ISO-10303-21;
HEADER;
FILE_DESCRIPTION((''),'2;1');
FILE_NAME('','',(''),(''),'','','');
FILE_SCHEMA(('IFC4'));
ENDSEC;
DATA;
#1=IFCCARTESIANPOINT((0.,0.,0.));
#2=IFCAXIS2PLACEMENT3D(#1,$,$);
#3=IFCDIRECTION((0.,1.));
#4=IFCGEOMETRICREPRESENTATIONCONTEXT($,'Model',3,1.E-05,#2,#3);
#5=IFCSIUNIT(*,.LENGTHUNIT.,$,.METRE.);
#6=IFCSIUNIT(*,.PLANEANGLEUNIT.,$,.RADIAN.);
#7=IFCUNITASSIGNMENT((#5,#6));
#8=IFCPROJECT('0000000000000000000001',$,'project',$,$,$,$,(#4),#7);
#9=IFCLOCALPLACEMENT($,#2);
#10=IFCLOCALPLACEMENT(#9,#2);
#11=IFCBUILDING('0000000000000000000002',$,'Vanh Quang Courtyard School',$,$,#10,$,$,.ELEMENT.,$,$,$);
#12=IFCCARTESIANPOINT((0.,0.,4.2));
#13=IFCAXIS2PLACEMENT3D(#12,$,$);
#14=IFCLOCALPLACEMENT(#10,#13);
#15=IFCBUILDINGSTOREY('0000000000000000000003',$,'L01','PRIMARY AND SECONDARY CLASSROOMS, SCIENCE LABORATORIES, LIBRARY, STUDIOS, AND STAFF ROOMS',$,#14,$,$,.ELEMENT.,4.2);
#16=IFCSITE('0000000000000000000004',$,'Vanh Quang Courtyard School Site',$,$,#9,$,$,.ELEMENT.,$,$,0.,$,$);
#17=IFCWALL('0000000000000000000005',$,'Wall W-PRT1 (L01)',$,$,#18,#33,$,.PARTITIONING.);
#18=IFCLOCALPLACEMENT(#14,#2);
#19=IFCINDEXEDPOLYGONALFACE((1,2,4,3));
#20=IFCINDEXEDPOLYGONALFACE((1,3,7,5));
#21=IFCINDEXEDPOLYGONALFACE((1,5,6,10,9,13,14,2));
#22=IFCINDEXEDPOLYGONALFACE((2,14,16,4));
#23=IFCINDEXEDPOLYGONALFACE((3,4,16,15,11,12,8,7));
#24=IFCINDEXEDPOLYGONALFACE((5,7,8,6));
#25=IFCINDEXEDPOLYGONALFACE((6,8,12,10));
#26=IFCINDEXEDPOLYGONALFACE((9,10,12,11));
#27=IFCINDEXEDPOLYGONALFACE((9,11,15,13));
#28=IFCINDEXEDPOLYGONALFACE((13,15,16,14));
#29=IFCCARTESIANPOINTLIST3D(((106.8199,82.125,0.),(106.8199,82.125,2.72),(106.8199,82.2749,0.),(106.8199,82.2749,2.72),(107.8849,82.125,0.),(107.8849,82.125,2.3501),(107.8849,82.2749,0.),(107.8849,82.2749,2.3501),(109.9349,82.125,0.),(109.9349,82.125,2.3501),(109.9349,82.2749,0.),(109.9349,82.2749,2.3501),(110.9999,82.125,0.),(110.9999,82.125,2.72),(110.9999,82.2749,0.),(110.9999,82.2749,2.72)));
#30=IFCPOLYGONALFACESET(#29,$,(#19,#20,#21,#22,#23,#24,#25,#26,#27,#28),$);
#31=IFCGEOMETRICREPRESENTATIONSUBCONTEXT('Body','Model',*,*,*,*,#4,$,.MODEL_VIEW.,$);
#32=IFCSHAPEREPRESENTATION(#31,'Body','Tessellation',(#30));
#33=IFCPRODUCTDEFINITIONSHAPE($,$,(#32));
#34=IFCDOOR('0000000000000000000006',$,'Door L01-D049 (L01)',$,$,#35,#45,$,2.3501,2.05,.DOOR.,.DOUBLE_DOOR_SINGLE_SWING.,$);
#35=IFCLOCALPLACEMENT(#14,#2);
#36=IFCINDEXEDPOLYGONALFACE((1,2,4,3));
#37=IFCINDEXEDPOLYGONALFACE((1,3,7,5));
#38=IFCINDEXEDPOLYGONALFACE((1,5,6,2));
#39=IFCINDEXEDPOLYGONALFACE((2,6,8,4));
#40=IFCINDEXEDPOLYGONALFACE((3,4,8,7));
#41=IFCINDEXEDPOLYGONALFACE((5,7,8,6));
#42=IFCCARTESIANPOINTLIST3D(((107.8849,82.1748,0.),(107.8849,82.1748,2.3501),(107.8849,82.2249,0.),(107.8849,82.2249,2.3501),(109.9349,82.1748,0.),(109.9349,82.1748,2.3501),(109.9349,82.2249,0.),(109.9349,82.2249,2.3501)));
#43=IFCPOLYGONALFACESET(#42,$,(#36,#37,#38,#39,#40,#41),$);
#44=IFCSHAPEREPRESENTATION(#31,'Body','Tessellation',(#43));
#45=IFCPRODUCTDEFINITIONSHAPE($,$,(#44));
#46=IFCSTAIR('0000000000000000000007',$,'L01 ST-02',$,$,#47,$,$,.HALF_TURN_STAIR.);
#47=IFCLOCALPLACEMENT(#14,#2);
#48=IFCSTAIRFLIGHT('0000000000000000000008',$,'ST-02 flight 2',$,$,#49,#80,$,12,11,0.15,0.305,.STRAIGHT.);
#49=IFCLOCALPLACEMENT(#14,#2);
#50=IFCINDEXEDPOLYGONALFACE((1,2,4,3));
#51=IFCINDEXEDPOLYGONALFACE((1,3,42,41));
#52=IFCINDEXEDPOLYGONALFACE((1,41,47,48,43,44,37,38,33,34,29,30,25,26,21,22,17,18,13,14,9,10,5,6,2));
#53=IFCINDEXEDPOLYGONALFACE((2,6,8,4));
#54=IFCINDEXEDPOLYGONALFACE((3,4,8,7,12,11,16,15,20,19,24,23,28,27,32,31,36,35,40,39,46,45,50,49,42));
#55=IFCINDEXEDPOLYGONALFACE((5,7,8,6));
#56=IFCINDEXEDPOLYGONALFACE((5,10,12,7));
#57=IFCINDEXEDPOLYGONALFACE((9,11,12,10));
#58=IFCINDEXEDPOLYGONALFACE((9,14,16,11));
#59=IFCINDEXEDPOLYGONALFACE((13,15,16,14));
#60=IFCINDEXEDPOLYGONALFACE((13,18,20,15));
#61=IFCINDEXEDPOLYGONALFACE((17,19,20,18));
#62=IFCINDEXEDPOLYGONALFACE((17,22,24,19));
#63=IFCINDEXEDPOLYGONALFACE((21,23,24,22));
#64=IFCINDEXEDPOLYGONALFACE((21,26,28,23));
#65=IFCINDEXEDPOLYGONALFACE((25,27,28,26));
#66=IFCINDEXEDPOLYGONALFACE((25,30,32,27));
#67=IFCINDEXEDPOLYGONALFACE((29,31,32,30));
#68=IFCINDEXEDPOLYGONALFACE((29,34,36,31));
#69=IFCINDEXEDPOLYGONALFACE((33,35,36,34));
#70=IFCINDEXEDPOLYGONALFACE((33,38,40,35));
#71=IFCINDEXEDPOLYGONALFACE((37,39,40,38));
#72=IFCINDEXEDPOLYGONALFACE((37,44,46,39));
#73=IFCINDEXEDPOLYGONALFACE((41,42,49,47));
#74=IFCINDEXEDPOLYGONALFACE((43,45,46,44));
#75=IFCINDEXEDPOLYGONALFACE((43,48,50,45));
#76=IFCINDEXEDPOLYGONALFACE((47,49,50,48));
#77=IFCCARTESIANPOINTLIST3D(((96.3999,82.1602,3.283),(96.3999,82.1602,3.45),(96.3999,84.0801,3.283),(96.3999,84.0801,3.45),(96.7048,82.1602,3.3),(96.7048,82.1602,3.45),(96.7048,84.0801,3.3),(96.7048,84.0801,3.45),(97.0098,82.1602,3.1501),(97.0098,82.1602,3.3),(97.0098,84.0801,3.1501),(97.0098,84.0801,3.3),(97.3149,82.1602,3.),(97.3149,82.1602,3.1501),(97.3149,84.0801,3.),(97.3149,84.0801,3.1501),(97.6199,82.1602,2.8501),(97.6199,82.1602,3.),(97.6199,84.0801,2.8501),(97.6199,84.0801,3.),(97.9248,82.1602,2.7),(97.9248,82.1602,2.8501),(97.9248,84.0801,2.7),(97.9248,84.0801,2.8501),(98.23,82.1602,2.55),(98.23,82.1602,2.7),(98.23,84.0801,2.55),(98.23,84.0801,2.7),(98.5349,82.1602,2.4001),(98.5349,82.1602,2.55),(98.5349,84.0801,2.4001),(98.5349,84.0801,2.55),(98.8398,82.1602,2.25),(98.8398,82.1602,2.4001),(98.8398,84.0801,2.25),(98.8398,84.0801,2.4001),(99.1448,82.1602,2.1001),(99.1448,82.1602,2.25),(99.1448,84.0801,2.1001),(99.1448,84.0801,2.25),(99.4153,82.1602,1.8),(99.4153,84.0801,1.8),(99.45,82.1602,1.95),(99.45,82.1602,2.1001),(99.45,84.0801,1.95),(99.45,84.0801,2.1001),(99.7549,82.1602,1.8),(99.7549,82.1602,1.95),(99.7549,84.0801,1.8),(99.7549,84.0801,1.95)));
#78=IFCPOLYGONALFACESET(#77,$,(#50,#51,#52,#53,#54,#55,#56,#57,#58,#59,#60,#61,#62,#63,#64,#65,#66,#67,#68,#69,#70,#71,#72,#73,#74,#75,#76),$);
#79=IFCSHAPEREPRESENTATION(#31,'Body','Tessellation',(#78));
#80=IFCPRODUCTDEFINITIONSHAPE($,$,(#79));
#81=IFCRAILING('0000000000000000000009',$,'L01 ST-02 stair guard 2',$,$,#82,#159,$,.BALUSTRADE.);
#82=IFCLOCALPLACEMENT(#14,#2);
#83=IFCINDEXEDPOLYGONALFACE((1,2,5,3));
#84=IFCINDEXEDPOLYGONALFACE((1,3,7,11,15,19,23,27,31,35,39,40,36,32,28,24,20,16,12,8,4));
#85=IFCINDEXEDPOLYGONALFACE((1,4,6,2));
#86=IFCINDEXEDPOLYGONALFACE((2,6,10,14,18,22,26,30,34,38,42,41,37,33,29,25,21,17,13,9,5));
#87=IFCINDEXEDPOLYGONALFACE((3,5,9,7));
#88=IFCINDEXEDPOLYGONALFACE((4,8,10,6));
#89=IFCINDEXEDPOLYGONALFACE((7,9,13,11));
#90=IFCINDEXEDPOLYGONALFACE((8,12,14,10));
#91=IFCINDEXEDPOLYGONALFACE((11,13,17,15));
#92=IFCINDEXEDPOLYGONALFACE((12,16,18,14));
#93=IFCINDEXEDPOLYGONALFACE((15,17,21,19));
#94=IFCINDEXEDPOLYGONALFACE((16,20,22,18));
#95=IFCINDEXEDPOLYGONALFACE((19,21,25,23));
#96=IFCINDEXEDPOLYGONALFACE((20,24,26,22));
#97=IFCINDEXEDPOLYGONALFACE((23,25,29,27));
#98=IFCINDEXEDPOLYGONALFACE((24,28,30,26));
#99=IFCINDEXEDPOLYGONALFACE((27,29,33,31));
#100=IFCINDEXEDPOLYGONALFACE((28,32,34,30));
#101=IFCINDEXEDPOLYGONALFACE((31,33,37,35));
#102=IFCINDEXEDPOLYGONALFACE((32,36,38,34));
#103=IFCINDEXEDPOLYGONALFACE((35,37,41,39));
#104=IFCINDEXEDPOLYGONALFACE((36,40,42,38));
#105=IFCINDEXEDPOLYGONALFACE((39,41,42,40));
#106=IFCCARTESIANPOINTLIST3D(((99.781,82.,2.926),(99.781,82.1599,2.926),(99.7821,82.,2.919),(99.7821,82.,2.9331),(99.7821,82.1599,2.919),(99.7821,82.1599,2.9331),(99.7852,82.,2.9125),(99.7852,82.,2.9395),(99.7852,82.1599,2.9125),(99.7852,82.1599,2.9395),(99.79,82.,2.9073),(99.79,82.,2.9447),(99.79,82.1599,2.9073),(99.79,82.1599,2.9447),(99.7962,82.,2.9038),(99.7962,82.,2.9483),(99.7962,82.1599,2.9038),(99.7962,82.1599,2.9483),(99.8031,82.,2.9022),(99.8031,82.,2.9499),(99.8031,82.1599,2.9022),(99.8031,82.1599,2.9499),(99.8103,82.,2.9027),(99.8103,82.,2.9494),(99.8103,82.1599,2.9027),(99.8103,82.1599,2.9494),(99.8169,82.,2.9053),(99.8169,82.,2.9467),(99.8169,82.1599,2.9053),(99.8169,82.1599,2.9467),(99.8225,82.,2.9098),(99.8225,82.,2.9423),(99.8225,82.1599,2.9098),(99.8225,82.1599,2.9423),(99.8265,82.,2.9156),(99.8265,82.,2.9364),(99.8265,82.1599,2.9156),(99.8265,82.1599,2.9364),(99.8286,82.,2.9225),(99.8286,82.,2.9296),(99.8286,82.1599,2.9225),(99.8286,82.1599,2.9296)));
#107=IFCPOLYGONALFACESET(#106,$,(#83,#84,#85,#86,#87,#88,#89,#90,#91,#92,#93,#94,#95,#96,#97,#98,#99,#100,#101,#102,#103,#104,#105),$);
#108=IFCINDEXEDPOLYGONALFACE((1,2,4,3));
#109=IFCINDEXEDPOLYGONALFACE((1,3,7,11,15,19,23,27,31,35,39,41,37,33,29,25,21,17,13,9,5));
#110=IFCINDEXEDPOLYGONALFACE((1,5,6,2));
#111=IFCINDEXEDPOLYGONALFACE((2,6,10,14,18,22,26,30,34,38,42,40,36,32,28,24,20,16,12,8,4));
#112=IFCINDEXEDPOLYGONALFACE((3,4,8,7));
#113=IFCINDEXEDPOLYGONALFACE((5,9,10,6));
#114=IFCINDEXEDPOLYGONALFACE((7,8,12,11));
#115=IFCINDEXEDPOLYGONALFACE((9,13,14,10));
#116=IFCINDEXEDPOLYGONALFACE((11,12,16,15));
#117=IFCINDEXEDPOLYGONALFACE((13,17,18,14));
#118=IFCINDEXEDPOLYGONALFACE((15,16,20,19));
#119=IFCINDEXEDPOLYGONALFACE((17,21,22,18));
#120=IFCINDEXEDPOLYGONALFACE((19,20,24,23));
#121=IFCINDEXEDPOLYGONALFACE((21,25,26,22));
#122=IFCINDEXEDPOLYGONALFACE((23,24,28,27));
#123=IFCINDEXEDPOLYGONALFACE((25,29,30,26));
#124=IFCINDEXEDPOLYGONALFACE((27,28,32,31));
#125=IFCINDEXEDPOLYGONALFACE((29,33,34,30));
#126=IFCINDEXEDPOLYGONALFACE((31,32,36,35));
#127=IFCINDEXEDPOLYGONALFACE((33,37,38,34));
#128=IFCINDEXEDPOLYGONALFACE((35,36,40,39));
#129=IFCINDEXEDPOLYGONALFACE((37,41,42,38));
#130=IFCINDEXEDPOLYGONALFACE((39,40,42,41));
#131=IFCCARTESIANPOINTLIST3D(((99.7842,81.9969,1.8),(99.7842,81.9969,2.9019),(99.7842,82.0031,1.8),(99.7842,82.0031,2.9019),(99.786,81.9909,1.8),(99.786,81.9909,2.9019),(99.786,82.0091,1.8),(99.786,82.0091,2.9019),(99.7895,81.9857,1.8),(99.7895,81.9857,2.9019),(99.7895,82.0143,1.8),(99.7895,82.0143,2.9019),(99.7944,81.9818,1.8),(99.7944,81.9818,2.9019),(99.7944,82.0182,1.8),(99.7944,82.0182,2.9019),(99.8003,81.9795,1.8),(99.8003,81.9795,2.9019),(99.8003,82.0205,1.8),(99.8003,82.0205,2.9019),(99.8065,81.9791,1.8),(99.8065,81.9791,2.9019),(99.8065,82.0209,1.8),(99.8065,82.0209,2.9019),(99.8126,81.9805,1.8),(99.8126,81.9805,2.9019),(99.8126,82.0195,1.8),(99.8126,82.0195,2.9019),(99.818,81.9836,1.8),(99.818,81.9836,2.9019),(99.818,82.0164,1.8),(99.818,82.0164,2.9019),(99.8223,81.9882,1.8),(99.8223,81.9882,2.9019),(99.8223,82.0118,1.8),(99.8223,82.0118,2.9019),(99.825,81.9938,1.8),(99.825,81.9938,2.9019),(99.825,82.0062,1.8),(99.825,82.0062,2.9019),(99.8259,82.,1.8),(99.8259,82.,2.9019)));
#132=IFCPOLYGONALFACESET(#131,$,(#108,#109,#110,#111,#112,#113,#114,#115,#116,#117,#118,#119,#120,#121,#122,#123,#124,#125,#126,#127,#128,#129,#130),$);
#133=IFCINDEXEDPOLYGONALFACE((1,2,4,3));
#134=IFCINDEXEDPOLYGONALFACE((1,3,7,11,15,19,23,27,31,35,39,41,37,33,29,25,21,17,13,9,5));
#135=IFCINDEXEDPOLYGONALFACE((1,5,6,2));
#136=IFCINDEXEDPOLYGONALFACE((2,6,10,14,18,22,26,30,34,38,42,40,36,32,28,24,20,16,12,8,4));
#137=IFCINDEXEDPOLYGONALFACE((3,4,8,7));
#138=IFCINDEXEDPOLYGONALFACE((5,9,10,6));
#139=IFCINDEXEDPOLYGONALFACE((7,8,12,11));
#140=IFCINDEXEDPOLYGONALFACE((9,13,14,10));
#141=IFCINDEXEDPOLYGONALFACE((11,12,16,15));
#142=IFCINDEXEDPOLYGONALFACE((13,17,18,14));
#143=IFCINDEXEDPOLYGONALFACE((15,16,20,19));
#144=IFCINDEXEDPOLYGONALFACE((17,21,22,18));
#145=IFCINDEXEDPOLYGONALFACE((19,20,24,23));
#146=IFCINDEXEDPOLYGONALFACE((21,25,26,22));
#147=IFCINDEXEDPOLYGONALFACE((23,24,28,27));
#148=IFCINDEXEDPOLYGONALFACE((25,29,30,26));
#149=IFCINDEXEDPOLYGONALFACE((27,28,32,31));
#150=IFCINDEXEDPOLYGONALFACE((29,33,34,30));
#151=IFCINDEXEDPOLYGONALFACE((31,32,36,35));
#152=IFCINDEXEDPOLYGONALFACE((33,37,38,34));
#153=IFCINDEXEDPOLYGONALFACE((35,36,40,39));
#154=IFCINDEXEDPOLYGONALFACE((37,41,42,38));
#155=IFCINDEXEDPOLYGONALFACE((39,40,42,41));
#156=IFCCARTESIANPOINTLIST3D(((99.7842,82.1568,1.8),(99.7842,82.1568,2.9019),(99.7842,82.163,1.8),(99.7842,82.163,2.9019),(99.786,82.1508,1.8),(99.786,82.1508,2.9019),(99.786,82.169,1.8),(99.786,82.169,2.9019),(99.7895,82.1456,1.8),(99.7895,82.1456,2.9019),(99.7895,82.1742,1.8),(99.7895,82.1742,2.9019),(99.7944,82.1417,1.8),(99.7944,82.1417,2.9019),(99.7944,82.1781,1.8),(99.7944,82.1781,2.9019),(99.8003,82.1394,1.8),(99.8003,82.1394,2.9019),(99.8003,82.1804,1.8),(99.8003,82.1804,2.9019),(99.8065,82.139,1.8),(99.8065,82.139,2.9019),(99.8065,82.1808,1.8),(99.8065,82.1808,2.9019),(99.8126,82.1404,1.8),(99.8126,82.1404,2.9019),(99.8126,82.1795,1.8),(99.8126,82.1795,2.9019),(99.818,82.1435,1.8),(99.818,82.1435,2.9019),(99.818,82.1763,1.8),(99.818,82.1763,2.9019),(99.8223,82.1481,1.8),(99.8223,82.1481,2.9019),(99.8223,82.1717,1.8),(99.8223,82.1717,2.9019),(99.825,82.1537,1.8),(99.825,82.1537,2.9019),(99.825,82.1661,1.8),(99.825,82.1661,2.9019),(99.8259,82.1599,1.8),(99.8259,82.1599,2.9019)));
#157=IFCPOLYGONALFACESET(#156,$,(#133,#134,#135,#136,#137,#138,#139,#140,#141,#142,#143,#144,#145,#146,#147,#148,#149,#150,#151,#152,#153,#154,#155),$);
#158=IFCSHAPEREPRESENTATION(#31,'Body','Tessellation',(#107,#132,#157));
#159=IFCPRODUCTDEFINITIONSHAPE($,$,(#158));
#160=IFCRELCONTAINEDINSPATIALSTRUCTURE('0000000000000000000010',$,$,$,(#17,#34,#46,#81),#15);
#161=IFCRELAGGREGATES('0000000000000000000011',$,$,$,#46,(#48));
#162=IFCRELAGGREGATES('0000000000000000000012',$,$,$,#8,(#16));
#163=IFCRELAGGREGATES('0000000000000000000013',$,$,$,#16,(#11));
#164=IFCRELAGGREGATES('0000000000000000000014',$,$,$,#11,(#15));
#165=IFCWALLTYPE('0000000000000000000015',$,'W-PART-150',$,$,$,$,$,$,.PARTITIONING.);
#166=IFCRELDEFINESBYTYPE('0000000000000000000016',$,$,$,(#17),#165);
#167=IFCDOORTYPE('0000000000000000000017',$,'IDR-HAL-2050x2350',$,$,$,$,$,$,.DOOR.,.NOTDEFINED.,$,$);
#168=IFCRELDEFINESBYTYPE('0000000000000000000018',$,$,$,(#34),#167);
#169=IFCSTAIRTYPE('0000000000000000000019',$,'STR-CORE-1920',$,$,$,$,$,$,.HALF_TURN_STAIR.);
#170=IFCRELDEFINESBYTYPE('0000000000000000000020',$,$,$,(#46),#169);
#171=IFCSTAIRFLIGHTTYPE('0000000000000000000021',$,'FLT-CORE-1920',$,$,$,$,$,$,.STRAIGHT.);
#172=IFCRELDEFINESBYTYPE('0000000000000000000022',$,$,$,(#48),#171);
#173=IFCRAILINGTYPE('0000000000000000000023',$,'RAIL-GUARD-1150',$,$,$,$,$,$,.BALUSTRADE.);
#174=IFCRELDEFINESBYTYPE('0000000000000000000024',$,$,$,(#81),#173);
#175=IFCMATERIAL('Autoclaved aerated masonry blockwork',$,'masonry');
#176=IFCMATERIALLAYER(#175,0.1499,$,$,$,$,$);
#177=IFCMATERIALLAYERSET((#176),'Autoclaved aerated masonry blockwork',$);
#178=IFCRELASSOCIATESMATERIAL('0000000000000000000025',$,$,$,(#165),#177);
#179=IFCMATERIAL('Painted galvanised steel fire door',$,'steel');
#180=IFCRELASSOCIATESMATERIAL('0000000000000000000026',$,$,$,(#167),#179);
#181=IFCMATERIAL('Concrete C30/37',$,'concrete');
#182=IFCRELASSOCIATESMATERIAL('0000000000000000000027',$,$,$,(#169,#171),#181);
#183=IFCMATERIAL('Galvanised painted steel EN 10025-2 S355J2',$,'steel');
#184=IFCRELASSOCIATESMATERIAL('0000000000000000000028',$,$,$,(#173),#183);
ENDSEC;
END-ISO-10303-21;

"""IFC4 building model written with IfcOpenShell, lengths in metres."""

from ifc_helpers import new_model, si_unit, direction, frame, frame_2d, origin, origin_2d, place, context, subcontext, project, spatial, polyline, rectangle, circle, outline, extrude, material, layer, layer_set, type_object, element, fill, aggregate, save


model = new_model("IFC4")

# Units and contexts
model_context = context("Model", 3, precision=1e-05, world=origin(), true_north=direction((0.0, 1.0)))
body_context = subcontext(model_context, "Body", "Model", "MODEL_VIEW")
ifc_project = project(units=[si_unit("LENGTHUNIT", "METRE"), si_unit("PLANEANGLEUNIT", "RADIAN")], contexts=[model_context])

# Site, building, storey
site_placement = place(None, origin())
site = spatial("IfcSite", under=ifc_project, at=site_placement, Name="Vanh Quang Courtyard School Site", CompositionType="ELEMENT", RefElevation=0.0)
building_placement = place(site_placement, origin())
building = spatial("IfcBuilding", under=site, at=building_placement, Name="Vanh Quang Courtyard School", CompositionType="ELEMENT")
storey_placement = place(building_placement, frame((0.0, 0.0, 4.2)))
storey = spatial("IfcBuildingStorey", under=building, at=storey_placement, Name="L01", Description="PRIMARY AND SECONDARY CLASSROOMS, SCIENCE LABORATORIES, LIBRARY, STUDIOS, AND STAFF ROOMS", CompositionType="ELEMENT", Elevation=4.2)

# Shared definitions
ifc_material_1 = material(Name="Concrete C30/37", Category="concrete")

# Shared definitions
ifc_material_2 = material(Name="Painted galvanised steel fire door", Category="steel")

# Shared definitions
ifc_material_3 = material(Name="Autoclaved aerated masonry blockwork", Category="masonry")
ifc_layer_1 = layer(ifc_material_3, 0.1499)
ifc_layer_set_1 = layer_set([ifc_layer_1], Name="Autoclaved aerated masonry blockwork")
wall_type_1 = type_object("IfcWallType", Name="W-PART-150", PredefinedType="PARTITIONING", material=ifc_layer_set_1)

# Wall, opening, door
wall_1_placement = place(storey_placement, frame((106.8201, 82.2, 0.0), z_axis=(0.0, 0.0, 1.0), x_axis=(1.0, 0.0, 0.0)))
wall_1 = element("IfcWall", 1, at=wall_1_placement, inside=storey, type_object=wall_type_1, Name="Wall W-PRT1 (L01)", PredefinedType="PARTITIONING", context=body_context, shape_type="SweptSolid", body=[
    extrude(rectangle(XDim=4.1799, YDim=0.1499, at=frame_2d((2.0898, 0.0))), origin(), (0.0, 0.0, 1.0), 2.72),
])
opening_1_placement = place(wall_1_placement, frame((1.0649, 0.0, 0.0)))
opening_1 = element("IfcOpeningElement", 2, at=opening_1_placement, cuts=wall_1, PredefinedType="OPENING", context=body_context, shape_type="SweptSolid", body=[
    extrude(rectangle(XDim=2.05, YDim=2.3501, at=frame_2d((1.0249, 1.175))), frame((0.0, 0.085, 0.0), z_axis=(0.0, -1.0, 0.0), x_axis=(1.0, 0.0, 0.0)), (0.0, 0.0, 1.0), 0.1699),
])
door_type_1 = type_object("IfcDoorType", Name="IDR-HAL-2050x2350", OperationType="NOTDEFINED", PredefinedType="DOOR", material=ifc_material_2)
door_1_placement = place(opening_1_placement, origin())
door_1 = element("IfcDoor", 3, at=door_1_placement, inside=storey, type_object=door_type_1, Name="Door L01-D049 (L01)", OperationType="DOUBLE_DOOR_SINGLE_SWING", OverallHeight=2.3501, OverallWidth=2.05, PredefinedType="DOOR", context=body_context, shape_type="SweptSolid", body=[
    extrude(rectangle(XDim=2.05, YDim=2.3501, at=frame_2d((1.0249, 1.175))), frame((0.0, 0.0249, 0.0), z_axis=(0.0, -1.0, 0.0), x_axis=(1.0, 0.0, 0.0)), (0.0, 0.0, 1.0), 0.05),
])
fill(opening_1, door_1)

# Stair, stair flight
stair_type = type_object("IfcStairType", Name="STR-CORE-1920", PredefinedType="HALF_TURN_STAIR", material=ifc_material_1)
stair_placement = place(storey_placement, origin())
stair = element("IfcStair", 4, at=stair_placement, inside=storey, type_object=stair_type, Name="L01 ST-02", PredefinedType="HALF_TURN_STAIR")
stair_flight_type = type_object("IfcStairFlightType", Name="FLT-CORE-1920", PredefinedType="STRAIGHT", material=ifc_material_1)
stair_flight_placement = place(storey_placement, frame((99.7549, 83.1201, 1.8), z_axis=(0.0, 0.0, 1.0), x_axis=(-1.0, 0.0, 0.0)))
stair_flight = element("IfcStairFlight", 5, at=stair_flight_placement, type_object=stair_flight_type, Name="ST-02 flight 2", NumberOfRisers=12, NumberOfTreads=11, PredefinedType="STRAIGHT", RiserHeight=0.15, TreadLength=0.305, context=body_context, shape_type="SweptSolid", body=[
    extrude(outline(polyline([(0.0, 0.0), (0.0, 0.1499), (0.3049, 0.1499), (0.3049, 0.3), (0.6101, 0.3), (0.6101, 0.45), (0.915, 0.45), (0.915, 0.6001), (1.22, 0.6001), (1.22, 0.75), (1.5249, 0.75), (1.5249, 0.8999), (1.8301, 0.8999), (1.8301, 1.05), (2.135, 1.05), (2.135, 1.2), (2.4399, 1.2), (2.4399, 1.3501), (2.7451, 1.3501), (2.7451, 1.5), (3.05, 1.5), (3.05, 1.6499), (3.355, 1.6499), (3.355, 1.8), (3.355, 1.4829), (0.3396, 0.0), (0.0, 0.0)])), frame((0.0, 0.96, 0.0), z_axis=(0.0, -1.0, 0.0), x_axis=(1.0, 0.0, 0.0)), (0.0, 0.0, 1.0), 1.9199),
])
aggregate(stair, [stair_flight])

# Railing
ifc_material_4 = material(Name="Galvanised painted steel EN 10025-2 S355J2", Category="steel")
railing_type_1 = type_object("IfcRailingType", Name="RAIL-GUARD-1150", PredefinedType="BALUSTRADE", material=ifc_material_4)
railing_1_placement = place(storey_placement, frame((99.8049, 82.0, 1.8)))
element("IfcRailing", 6, at=railing_1_placement, inside=storey, type_object=railing_type_1, Name="L01 ST-02 stair guard 2", PredefinedType="BALUSTRADE", context=body_context, shape_type="SweptSolid", body=[
    extrude(circle(Radius=0.0239, at=origin_2d()), frame((0.0, 0.0, 1.126), z_axis=(0.0, 1.0, 0.0), x_axis=(-1.0, 0.0, 0.0)), (0.0, 0.0, 1.0), 0.1599),
    extrude(circle(Radius=0.021, at=origin_2d()), origin(), (0.0, 0.0, 1.0), 1.1018),
    extrude(circle(Radius=0.021, at=origin_2d()), frame((0.0, 0.1599, 0.0)), (0.0, 0.0, 1.0), 1.1018),
])

save(model, "model.ifc")
